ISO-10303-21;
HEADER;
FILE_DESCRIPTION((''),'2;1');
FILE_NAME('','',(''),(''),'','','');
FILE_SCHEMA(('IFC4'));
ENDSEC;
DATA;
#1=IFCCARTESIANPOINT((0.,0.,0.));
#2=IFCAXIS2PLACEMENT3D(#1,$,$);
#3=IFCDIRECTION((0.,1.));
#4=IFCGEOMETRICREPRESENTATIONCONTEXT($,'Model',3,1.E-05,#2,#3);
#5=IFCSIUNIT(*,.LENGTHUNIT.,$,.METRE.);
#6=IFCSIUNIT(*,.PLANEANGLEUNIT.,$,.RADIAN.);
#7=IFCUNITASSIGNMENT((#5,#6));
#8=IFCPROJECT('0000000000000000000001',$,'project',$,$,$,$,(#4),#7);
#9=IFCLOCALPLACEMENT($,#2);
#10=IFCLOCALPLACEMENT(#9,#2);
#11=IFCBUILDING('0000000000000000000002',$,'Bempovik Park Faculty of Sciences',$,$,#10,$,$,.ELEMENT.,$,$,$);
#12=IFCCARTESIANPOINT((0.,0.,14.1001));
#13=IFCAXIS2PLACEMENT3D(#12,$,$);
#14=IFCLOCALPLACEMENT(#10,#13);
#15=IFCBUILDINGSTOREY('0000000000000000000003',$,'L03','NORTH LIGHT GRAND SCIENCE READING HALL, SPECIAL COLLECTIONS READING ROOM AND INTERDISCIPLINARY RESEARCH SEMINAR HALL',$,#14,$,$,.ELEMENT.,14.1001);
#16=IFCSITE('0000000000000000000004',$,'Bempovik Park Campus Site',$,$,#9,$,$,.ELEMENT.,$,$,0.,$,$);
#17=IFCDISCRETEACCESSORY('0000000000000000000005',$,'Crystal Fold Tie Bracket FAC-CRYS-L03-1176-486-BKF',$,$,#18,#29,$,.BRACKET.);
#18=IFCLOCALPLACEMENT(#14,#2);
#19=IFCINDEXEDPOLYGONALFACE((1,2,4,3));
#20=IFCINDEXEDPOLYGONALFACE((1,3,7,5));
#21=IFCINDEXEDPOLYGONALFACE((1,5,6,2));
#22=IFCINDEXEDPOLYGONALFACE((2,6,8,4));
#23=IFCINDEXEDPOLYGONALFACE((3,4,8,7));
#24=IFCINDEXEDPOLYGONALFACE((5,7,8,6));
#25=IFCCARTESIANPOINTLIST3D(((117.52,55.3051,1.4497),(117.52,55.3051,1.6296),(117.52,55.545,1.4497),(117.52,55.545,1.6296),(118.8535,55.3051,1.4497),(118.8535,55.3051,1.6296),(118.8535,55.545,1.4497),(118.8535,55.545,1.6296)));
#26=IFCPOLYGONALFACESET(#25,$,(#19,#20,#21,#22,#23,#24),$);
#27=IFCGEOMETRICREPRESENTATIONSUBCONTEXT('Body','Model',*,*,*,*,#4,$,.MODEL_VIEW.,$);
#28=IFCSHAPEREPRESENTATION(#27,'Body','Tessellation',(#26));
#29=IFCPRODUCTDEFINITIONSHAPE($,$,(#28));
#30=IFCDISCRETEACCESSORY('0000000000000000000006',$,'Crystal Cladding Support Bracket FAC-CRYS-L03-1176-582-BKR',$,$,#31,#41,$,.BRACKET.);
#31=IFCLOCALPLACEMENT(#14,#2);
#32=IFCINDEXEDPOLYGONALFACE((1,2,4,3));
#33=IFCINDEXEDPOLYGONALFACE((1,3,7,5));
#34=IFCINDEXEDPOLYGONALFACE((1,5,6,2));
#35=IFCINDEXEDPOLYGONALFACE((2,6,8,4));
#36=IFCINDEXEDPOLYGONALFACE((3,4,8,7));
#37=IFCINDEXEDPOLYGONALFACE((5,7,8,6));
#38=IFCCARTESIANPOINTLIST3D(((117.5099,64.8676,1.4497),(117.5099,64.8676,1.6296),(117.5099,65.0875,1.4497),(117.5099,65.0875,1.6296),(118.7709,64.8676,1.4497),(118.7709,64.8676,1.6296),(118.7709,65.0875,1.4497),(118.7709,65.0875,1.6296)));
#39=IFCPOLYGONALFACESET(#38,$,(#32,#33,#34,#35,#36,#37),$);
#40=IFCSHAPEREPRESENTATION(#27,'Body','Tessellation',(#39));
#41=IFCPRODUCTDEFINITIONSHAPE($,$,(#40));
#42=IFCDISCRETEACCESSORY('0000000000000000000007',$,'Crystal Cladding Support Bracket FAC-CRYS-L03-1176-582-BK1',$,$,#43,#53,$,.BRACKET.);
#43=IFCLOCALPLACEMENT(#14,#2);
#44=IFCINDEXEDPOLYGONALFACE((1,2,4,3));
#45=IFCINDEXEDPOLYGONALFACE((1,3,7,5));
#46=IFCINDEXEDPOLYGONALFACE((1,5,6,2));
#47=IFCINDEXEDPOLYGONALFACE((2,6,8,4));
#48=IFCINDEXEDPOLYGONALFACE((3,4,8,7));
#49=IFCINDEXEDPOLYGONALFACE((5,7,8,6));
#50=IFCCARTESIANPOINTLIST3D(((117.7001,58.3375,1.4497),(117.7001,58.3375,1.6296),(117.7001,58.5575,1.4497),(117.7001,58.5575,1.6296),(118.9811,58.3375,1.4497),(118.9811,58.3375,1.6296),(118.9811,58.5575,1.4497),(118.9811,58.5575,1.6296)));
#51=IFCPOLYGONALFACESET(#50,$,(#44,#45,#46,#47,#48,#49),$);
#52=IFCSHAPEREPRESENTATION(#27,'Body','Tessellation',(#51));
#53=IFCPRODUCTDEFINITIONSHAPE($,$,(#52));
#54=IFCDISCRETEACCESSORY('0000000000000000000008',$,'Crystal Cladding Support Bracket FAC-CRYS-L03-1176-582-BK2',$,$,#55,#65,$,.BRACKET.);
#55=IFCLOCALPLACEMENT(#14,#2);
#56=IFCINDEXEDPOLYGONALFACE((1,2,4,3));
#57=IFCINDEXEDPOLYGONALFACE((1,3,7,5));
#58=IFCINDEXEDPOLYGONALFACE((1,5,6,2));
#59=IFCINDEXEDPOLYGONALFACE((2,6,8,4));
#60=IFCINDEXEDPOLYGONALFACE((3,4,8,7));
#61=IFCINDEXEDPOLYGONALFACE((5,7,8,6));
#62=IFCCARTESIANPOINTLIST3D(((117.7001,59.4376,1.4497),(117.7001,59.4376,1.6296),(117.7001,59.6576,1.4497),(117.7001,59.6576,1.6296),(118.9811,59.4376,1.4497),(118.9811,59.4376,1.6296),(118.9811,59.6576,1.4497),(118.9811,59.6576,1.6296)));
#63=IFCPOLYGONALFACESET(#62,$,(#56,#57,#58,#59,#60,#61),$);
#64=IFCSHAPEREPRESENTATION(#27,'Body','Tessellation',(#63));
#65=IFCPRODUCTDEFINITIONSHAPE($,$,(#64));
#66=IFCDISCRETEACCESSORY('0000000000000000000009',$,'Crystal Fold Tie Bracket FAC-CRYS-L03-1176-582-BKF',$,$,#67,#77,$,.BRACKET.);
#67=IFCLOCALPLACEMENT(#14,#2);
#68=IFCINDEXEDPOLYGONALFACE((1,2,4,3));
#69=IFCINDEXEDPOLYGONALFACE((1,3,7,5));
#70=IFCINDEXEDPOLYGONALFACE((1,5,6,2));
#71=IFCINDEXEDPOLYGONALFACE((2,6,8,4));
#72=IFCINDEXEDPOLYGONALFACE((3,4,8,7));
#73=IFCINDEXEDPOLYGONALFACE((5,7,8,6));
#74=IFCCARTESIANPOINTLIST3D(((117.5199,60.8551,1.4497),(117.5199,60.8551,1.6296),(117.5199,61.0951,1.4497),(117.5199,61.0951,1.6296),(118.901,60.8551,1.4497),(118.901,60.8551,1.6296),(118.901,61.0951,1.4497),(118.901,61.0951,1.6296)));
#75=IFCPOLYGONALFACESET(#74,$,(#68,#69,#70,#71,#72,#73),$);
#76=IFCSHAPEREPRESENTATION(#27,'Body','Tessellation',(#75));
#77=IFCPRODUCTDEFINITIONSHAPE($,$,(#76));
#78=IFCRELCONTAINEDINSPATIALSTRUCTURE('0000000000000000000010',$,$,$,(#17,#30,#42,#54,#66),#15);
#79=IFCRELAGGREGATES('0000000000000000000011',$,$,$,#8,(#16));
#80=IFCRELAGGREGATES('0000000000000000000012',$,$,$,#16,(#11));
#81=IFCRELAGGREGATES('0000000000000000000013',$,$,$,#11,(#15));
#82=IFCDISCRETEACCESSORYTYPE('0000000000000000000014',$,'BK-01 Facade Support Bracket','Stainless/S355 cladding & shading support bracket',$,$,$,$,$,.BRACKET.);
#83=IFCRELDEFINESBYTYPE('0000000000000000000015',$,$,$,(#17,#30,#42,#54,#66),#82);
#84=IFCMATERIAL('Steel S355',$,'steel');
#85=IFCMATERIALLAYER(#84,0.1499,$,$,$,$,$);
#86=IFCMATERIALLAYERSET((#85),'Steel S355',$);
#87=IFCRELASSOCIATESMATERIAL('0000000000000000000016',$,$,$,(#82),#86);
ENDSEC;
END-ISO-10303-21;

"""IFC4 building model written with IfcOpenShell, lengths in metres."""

from ifc_helpers import new_model, si_unit, direction, frame, origin, origin_2d, place, context, subcontext, project, spatial, rectangle, extrude, material, layer, layer_set, type_object, element, save


model = new_model("IFC4")

# Units and contexts
model_context = context("Model", 3, precision=1e-05, world=origin(), true_north=direction((0.0, 1.0)))
body_context = subcontext(model_context, "Body", "Model", "MODEL_VIEW")
ifc_project = project(units=[si_unit("LENGTHUNIT", "METRE"), si_unit("PLANEANGLEUNIT", "RADIAN")], contexts=[model_context])

# Site, building, storey
site_placement = place(None, origin())
site = spatial("IfcSite", under=ifc_project, at=site_placement, Name="Bempovik Park Campus Site", CompositionType="ELEMENT", RefElevation=0.0)
building_placement = place(site_placement, origin())
building = spatial("IfcBuilding", under=site, at=building_placement, Name="Bempovik Park Faculty of Sciences", CompositionType="ELEMENT")
storey_placement = place(building_placement, frame((0.0, 0.0, 14.1001)))
storey = spatial("IfcBuildingStorey", under=building, at=storey_placement, Name="L03", Description="NORTH LIGHT GRAND SCIENCE READING HALL, SPECIAL COLLECTIONS READING ROOM AND INTERDISCIPLINARY RESEARCH SEMINAR HALL", CompositionType="ELEMENT", Elevation=14.1001)

# Discrete accessories
ifc_material_1 = material(Name="Steel S355", Category="steel")
ifc_layer_1 = layer(ifc_material_1, 0.1499)
ifc_layer_set_1 = layer_set([ifc_layer_1], Name="Steel S355")
discrete_accessory_type = type_object("IfcDiscreteAccessoryType", Name="BK-01 Facade Support Bracket", Description="Stainless/S355 cladding & shading support bracket", PredefinedType="BRACKET", material=ifc_layer_set_1)
discrete_accessory_1_placement = place(storey_placement, frame((118.1868, 55.425, 1.4497), z_axis=(0.0, 0.0, 1.0), x_axis=(1.0, 0.0, 0.0)))
element("IfcDiscreteAccessory", 1, at=discrete_accessory_1_placement, inside=storey, type_object=discrete_accessory_type, Name="Crystal Fold Tie Bracket FAC-CRYS-L03-1176-486-BKF", PredefinedType="BRACKET", context=body_context, shape_type="SweptSolid", body=[
    extrude(rectangle(XDim=1.3335, YDim=0.24, at=origin_2d()), origin(), (0.0, 0.0, 1.0), 0.1799),
])
discrete_accessory_2_placement = place(storey_placement, frame((118.1404, 64.9775, 1.4497), z_axis=(0.0, 0.0, 1.0), x_axis=(1.0, 0.0, 0.0)))
element("IfcDiscreteAccessory", 2, at=discrete_accessory_2_placement, inside=storey, type_object=discrete_accessory_type, Name="Crystal Cladding Support Bracket FAC-CRYS-L03-1176-582-BKR", PredefinedType="BRACKET", context=body_context, shape_type="SweptSolid", body=[
    extrude(rectangle(XDim=1.261, YDim=0.22, at=origin_2d()), origin(), (0.0, 0.0, 1.0), 0.1799),
])
for number, where, z_axis, x_axis, name in (
    (3, (118.3406, 58.4475, 1.4497), (0.0, 0.0, 1.0), (1.0, 0.0, 0.0), "Crystal Cladding Support Bracket FAC-CRYS-L03-1176-582-BK1"),
    (4, (118.3406, 59.5476, 1.4497), (0.0, 0.0, 1.0), (1.0, 0.0, 0.0), "Crystal Cladding Support Bracket FAC-CRYS-L03-1176-582-BK2"),
):
    element("IfcDiscreteAccessory", number, at=place(storey_placement, frame(where, z_axis=z_axis, x_axis=x_axis)), inside=storey, type_object=discrete_accessory_type, Name=name, PredefinedType="BRACKET", context=body_context, shape_type="SweptSolid", body=[
        extrude(rectangle(XDim=1.281, YDim=0.22, at=origin_2d()), origin(), (0.0, 0.0, 1.0), 0.1799),
    ])
discrete_accessory_3_placement = place(storey_placement, frame((118.2104, 60.9751, 1.4497), z_axis=(0.0, 0.0, 1.0), x_axis=(1.0, 0.0, 0.0)))
element("IfcDiscreteAccessory", 5, at=discrete_accessory_3_placement, inside=storey, type_object=discrete_accessory_type, Name="Crystal Fold Tie Bracket FAC-CRYS-L03-1176-582-BKF", PredefinedType="BRACKET", context=body_context, shape_type="SweptSolid", body=[
    extrude(rectangle(XDim=1.3811, YDim=0.24, at=origin_2d()), origin(), (0.0, 0.0, 1.0), 0.1799),
])

save(model, "model.ifc")
